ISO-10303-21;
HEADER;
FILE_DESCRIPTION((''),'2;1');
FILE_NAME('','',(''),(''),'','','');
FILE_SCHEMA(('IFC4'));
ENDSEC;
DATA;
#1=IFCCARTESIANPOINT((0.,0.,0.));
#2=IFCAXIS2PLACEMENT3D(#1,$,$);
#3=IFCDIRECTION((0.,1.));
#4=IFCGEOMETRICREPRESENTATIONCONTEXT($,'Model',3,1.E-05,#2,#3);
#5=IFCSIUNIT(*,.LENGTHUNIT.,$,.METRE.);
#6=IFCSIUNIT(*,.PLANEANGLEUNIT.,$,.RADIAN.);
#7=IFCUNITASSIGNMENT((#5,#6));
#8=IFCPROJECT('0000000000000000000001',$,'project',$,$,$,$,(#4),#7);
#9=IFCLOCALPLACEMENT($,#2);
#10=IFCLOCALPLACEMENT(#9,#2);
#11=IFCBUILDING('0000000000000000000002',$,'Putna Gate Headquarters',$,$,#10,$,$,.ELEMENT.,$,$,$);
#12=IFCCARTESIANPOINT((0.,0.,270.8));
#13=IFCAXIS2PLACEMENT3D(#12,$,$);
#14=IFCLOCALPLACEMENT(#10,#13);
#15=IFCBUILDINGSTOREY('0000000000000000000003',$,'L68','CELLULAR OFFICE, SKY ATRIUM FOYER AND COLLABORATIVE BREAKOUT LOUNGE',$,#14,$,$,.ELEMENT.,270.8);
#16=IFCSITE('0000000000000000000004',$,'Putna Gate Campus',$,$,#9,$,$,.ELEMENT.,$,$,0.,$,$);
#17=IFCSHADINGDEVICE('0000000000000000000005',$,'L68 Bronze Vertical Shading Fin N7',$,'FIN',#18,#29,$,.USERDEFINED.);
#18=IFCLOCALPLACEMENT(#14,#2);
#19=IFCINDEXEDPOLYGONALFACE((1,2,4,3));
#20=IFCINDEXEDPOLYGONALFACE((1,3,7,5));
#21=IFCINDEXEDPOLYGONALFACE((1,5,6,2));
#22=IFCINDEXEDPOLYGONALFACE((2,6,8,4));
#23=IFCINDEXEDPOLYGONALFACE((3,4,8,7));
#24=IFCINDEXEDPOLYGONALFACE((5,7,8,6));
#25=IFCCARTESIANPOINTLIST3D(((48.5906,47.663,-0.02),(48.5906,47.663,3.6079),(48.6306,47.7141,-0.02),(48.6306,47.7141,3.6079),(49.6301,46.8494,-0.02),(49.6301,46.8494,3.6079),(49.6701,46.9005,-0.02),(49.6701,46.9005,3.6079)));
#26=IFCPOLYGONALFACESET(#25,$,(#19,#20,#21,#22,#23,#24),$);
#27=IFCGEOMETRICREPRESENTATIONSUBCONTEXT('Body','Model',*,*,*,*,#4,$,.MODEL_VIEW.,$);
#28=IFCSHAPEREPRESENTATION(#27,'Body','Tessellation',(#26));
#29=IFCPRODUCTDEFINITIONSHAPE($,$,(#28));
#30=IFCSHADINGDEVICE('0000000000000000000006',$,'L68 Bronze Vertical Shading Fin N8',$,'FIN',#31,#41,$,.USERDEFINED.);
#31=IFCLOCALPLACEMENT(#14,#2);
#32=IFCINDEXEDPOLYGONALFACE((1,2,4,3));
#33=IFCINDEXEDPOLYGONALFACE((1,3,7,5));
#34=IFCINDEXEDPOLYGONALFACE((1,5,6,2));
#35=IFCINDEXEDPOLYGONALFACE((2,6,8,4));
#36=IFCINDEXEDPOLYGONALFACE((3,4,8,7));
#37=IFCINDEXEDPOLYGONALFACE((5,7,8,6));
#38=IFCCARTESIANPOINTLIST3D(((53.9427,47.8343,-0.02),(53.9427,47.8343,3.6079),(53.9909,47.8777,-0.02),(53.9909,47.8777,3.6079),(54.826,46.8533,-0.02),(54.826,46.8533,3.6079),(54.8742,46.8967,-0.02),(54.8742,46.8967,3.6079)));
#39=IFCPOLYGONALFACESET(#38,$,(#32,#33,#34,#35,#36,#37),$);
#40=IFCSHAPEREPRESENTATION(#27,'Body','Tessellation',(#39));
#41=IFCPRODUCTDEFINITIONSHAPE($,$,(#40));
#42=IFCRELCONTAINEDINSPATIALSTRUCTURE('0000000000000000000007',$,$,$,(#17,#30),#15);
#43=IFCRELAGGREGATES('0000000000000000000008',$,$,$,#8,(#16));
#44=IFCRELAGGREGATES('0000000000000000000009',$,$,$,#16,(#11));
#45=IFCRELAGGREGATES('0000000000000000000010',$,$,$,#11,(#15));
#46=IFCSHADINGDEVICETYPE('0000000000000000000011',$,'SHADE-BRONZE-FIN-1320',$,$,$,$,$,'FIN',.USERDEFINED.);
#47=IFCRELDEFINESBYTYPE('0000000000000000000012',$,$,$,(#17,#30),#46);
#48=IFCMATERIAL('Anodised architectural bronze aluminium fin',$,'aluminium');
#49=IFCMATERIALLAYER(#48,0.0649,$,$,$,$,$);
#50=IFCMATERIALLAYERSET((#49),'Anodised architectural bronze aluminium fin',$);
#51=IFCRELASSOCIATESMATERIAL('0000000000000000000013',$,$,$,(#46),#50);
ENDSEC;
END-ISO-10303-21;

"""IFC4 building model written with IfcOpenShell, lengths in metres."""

from ifc_helpers import new_model, si_unit, direction, frame, origin, origin_2d, place, context, subcontext, project, spatial, rectangle, extrude, material, layer, layer_set, type_object, element, save


model = new_model("IFC4")

# Units and contexts
model_context = context("Model", 3, precision=1e-05, world=origin(), true_north=direction((0.0, 1.0)))
body_context = subcontext(model_context, "Body", "Model", "MODEL_VIEW")
ifc_project = project(units=[si_unit("LENGTHUNIT", "METRE"), si_unit("PLANEANGLEUNIT", "RADIAN")], contexts=[model_context])

# Site, building, storey
site_placement = place(None, origin())
site = spatial("IfcSite", under=ifc_project, at=site_placement, Name="Putna Gate Campus", CompositionType="ELEMENT", RefElevation=0.0)
building_placement = place(site_placement, origin())
building = spatial("IfcBuilding", under=site, at=building_placement, Name="Putna Gate Headquarters", CompositionType="ELEMENT")
storey_placement = place(building_placement, frame((0.0, 0.0, 270.8)))
storey = spatial("IfcBuildingStorey", under=building, at=storey_placement, Name="L68", Description="CELLULAR OFFICE, SKY ATRIUM FOYER AND COLLABORATIVE BREAKOUT LOUNGE", CompositionType="ELEMENT", Elevation=270.8)

# Shading devices
ifc_material_1 = material(Name="Anodised architectural bronze aluminium fin", Category="aluminium")
ifc_layer_1 = layer(ifc_material_1, 0.0649)
ifc_layer_set_1 = layer_set([ifc_layer_1], Name="Anodised architectural bronze aluminium fin")
shading_device_type = type_object("IfcShadingDeviceType", Name="SHADE-BRONZE-FIN-1320", ElementType="FIN", PredefinedType="USERDEFINED", material=ifc_layer_set_1)
for number, where, z_axis, x_axis, name in (
    (1, (49.1304, 47.2817, -0.02), (0.0, 0.0, 1.0), (-0.787473, 0.616349, 0.0), "L68 Bronze Vertical Shading Fin N7"),
    (2, (54.4084, 47.3655, -0.02), (0.0, 0.0, 1.0), (-0.669131, 0.743145, 0.0), "L68 Bronze Vertical Shading Fin N8"),
):
    element("IfcShadingDevice", number, at=place(storey_placement, frame(where, z_axis=z_axis, x_axis=x_axis)), inside=storey, type_object=shading_device_type, Name=name, ObjectType="FIN", PredefinedType="USERDEFINED", context=body_context, shape_type="SweptSolid", body=[
        extrude(rectangle(XDim=1.3201, YDim=0.0649, at=origin_2d()), origin(), (0.0, 0.0, 1.0), 3.6279),
    ])

save(model, "model.ifc")
